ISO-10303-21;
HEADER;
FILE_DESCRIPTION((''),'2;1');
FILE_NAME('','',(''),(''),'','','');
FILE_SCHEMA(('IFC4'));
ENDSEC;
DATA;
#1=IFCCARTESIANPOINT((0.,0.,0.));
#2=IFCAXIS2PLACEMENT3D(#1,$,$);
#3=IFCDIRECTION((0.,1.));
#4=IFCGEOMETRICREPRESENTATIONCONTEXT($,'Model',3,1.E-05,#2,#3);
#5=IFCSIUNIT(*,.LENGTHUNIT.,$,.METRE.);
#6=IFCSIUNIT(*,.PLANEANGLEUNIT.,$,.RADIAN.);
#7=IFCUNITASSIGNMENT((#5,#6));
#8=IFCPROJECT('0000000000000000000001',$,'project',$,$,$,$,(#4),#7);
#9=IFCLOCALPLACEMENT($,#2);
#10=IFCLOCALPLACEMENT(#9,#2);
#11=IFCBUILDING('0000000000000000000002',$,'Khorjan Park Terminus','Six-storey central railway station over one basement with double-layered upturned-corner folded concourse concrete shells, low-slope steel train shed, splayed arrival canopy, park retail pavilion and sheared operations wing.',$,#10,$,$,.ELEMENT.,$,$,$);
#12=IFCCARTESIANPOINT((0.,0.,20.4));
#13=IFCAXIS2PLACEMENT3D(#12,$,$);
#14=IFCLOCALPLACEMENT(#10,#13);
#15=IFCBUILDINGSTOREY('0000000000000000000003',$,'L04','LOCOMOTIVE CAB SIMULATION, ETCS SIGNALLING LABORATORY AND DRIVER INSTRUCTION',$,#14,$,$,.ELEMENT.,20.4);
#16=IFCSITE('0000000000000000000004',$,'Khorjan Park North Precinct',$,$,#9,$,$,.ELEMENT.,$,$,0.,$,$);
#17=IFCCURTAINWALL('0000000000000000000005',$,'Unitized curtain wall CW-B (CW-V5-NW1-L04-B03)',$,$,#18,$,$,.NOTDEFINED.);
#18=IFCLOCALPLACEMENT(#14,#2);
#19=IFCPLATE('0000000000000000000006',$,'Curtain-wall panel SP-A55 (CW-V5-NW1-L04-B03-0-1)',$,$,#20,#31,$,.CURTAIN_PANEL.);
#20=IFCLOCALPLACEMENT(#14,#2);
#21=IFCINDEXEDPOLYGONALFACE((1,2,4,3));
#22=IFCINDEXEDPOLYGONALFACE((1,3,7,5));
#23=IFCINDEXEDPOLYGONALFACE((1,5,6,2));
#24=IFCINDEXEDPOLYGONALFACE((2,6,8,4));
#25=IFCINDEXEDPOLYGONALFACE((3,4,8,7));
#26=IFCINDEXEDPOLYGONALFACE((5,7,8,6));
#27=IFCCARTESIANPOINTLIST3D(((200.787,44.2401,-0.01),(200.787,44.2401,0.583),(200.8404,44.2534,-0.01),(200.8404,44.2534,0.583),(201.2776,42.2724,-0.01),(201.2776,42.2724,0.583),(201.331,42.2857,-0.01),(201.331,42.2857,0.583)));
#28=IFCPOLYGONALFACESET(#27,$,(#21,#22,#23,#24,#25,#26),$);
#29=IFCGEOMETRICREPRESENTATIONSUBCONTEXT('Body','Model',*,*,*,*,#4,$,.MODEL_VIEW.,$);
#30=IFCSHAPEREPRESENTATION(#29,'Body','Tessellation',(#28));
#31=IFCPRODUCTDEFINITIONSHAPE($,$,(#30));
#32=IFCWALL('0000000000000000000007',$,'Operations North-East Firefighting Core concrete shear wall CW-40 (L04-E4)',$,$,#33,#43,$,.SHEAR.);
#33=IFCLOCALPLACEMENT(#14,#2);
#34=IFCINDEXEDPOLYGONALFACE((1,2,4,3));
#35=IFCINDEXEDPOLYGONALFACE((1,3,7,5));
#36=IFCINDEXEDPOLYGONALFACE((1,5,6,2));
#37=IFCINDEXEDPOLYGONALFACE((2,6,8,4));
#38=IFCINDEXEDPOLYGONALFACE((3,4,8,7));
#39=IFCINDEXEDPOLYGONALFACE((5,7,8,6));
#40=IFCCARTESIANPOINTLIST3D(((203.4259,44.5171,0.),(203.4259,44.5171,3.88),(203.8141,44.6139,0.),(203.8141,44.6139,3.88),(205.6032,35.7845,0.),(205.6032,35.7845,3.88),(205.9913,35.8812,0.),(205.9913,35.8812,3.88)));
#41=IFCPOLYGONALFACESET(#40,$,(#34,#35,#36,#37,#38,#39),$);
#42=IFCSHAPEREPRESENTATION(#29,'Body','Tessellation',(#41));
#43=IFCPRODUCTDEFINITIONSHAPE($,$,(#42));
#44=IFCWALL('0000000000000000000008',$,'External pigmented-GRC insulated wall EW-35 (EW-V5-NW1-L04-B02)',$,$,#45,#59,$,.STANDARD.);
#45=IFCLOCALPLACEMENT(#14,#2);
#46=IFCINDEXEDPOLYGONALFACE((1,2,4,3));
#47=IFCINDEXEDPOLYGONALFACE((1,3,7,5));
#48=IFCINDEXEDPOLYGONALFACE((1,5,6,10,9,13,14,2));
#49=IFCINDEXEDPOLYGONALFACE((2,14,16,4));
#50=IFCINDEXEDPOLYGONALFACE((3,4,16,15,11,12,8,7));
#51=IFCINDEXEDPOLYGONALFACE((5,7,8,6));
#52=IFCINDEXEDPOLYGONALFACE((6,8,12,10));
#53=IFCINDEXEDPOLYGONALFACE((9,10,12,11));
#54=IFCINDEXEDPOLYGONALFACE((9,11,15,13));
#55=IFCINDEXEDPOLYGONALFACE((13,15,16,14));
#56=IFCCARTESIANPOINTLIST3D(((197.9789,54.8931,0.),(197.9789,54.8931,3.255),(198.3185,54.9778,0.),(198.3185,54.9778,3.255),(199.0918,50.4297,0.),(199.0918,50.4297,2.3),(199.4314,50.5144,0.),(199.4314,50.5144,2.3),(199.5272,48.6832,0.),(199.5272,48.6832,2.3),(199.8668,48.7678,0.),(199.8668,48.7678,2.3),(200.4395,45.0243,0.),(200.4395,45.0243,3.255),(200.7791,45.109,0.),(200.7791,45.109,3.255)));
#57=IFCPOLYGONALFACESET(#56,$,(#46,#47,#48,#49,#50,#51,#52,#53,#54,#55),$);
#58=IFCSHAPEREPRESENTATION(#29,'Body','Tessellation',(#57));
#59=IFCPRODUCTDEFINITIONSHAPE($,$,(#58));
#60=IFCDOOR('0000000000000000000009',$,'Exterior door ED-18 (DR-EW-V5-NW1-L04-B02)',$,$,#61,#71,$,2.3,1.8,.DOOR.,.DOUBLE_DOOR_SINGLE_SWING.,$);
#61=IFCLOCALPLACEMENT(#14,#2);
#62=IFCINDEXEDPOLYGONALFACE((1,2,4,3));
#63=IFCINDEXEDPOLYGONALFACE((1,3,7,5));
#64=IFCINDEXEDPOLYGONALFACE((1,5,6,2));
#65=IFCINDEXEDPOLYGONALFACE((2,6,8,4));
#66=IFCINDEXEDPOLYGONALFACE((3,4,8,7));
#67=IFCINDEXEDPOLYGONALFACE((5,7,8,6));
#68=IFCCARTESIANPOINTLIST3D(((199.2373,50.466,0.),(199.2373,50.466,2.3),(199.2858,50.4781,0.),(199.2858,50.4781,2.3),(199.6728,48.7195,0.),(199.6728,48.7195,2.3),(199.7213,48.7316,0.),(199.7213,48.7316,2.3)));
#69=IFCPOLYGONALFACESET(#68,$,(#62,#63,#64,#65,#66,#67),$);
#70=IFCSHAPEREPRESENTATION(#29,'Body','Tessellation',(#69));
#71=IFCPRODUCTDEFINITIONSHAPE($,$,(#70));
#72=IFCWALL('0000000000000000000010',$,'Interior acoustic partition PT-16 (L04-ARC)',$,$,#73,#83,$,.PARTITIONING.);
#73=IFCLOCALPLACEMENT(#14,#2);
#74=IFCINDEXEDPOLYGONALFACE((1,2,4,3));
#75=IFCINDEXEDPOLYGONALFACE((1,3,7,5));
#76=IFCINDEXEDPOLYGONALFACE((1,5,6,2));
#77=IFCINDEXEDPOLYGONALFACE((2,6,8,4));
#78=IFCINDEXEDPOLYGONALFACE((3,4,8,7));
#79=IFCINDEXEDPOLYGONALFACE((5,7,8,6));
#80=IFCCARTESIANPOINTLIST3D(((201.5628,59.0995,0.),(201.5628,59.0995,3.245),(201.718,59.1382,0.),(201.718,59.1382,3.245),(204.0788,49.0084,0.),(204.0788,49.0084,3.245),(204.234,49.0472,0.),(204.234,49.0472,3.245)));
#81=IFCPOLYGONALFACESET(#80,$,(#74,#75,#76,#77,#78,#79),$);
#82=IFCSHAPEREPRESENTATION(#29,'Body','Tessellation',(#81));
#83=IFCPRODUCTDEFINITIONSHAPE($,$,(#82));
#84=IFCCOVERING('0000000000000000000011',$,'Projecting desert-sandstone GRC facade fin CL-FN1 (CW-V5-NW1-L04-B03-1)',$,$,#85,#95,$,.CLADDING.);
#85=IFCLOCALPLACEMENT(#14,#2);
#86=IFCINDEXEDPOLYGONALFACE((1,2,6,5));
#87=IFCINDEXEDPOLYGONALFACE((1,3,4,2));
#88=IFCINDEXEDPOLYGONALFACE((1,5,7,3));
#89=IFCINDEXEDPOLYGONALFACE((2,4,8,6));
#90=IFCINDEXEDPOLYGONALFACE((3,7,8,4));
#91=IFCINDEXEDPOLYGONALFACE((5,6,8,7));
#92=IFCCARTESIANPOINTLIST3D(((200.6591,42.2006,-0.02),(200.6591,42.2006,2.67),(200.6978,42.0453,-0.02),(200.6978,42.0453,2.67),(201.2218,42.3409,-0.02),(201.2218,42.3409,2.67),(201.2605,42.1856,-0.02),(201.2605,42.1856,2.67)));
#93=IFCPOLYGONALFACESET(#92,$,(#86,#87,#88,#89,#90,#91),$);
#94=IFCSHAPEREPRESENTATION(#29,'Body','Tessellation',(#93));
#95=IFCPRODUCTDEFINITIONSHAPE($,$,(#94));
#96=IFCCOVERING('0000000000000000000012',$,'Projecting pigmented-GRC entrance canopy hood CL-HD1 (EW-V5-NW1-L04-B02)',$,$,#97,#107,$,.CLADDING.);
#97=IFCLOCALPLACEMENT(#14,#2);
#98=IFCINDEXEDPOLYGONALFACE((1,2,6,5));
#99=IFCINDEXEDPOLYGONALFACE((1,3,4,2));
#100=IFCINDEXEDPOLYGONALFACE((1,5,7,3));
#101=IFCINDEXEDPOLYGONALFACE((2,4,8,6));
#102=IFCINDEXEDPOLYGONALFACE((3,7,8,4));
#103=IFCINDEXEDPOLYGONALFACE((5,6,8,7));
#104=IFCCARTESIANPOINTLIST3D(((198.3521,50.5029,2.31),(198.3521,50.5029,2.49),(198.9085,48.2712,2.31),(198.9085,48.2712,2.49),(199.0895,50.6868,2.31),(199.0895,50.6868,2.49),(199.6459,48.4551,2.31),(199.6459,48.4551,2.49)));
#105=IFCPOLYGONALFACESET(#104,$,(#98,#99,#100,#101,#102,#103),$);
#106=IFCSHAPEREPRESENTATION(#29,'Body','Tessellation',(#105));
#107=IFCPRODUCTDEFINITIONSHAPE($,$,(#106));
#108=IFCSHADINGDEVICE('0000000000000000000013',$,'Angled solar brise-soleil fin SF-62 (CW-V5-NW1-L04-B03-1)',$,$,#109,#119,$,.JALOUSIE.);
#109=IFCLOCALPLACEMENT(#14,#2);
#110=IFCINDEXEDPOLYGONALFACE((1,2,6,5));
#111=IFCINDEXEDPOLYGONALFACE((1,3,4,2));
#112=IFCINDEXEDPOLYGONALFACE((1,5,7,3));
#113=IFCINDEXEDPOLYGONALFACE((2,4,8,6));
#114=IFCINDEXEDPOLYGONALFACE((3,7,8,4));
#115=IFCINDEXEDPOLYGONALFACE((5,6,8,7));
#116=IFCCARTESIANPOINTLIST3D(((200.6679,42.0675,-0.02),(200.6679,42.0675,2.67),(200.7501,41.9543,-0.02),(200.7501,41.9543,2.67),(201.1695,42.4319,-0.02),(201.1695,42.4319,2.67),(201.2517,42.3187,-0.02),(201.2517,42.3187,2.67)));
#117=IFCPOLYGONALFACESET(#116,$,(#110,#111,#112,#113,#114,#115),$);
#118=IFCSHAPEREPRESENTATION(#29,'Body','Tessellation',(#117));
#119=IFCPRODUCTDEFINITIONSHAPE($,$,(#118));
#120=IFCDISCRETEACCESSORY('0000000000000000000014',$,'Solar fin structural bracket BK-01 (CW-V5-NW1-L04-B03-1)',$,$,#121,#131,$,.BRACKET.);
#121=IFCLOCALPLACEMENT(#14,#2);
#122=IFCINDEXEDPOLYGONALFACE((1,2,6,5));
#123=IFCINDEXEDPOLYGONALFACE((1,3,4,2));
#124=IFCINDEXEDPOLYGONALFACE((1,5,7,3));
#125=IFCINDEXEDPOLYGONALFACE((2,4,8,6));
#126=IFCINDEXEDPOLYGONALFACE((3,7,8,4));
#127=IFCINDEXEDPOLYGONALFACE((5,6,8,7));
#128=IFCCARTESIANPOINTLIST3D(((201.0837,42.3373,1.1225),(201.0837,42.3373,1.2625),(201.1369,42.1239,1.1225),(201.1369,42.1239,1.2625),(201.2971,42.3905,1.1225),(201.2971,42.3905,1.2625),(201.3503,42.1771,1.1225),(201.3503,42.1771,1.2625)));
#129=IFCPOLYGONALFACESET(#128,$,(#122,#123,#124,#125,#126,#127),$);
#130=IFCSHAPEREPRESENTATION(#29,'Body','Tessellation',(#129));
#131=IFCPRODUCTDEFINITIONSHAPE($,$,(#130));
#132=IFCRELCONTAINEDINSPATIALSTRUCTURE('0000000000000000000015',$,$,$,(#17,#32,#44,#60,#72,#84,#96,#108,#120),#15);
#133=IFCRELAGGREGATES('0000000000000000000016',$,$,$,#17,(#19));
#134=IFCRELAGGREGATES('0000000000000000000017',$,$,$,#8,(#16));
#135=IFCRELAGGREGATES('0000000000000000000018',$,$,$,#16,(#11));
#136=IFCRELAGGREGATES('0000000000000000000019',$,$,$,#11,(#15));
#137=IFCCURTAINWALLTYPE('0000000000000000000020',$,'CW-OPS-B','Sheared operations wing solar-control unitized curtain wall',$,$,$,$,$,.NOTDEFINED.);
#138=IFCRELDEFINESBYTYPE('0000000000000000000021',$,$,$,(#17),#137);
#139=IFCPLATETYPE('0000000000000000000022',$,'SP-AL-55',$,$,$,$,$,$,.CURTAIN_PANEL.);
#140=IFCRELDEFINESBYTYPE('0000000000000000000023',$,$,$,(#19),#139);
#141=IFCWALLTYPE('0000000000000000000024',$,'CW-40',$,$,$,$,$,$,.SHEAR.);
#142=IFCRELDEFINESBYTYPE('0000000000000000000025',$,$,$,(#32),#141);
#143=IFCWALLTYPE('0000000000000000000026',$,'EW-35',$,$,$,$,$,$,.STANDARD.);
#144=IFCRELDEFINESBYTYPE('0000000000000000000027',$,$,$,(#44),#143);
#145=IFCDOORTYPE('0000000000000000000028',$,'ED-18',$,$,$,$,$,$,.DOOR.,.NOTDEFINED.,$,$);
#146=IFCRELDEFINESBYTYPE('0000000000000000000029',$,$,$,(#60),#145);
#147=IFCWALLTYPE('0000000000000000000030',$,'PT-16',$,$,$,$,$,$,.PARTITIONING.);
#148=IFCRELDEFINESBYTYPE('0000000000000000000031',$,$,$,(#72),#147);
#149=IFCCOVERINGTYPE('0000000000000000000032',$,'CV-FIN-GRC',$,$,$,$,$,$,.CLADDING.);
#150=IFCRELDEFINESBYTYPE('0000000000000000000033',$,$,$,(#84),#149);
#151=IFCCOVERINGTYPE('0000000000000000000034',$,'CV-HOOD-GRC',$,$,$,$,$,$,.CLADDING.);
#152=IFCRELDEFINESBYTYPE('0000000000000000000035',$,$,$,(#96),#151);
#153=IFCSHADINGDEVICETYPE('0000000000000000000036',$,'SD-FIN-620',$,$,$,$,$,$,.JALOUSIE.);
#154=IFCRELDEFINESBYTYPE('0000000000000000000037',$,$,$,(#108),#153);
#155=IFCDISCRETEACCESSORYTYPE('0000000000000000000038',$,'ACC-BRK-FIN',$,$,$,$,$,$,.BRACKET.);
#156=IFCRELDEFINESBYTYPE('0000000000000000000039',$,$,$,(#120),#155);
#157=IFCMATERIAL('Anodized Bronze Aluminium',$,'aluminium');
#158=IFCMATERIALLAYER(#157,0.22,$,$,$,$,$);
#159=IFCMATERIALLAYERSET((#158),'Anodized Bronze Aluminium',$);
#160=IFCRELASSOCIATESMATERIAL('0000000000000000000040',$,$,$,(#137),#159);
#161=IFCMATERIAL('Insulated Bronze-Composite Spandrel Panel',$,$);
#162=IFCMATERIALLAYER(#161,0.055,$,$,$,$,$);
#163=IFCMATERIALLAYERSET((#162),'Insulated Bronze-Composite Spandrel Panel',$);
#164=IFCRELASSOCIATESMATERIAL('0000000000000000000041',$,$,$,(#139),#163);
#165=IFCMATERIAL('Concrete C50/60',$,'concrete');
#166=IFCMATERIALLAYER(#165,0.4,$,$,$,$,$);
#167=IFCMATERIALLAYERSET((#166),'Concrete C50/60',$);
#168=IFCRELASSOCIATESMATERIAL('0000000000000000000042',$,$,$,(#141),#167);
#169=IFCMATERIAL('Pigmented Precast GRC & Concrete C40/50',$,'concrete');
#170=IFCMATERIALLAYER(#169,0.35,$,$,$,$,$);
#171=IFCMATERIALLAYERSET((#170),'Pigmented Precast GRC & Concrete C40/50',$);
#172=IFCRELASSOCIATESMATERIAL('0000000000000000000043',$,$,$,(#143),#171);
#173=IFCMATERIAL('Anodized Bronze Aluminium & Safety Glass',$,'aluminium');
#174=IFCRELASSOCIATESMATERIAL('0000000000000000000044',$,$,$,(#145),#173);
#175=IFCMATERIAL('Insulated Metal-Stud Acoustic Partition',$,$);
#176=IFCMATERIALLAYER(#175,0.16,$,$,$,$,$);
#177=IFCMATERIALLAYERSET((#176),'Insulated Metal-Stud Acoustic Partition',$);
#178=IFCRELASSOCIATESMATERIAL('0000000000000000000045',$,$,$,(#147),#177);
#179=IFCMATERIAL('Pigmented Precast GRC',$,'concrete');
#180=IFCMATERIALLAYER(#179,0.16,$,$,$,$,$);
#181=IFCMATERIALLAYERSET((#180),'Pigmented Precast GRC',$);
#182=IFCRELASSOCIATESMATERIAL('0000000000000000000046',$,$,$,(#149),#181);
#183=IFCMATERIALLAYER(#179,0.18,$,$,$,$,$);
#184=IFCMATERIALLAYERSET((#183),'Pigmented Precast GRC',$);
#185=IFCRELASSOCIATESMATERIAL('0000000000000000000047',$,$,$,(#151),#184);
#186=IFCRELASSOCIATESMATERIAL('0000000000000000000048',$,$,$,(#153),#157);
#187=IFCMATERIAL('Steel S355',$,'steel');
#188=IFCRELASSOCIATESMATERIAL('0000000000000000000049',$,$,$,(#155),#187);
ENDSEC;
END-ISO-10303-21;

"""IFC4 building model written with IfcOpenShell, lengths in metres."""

from ifc_helpers import new_model, si_unit, direction, frame, frame_2d, origin, origin_2d, place, context, subcontext, project, spatial, rectangle, extrude, material, layer, layer_set, type_object, element, fill, aggregate, save


model = new_model("IFC4")

# Units and contexts
model_context = context("Model", 3, precision=1e-05, world=origin(), true_north=direction((0.0, 1.0)))
body_context = subcontext(model_context, "Body", "Model", "MODEL_VIEW")
ifc_project = project(units=[si_unit("LENGTHUNIT", "METRE"), si_unit("PLANEANGLEUNIT", "RADIAN")], contexts=[model_context])

# Site, building, storey
site_placement = place(None, origin())
site = spatial("IfcSite", under=ifc_project, at=site_placement, Name="Khorjan Park North Precinct", CompositionType="ELEMENT", RefElevation=0.0)
building_placement = place(site_placement, origin())
building = spatial("IfcBuilding", under=site, at=building_placement, Name="Khorjan Park Terminus", Description="Six-storey central railway station over one basement with double-layered upturned-corner folded concourse concrete shells, low-slope steel train shed, splayed arrival canopy, park retail pavilion and sheared operations wing.", CompositionType="ELEMENT")
storey_placement = place(building_placement, frame((0.0, 0.0, 20.4)))
storey = spatial("IfcBuildingStorey", under=building, at=storey_placement, Name="L04", Description="LOCOMOTIVE CAB SIMULATION, ETCS SIGNALLING LABORATORY AND DRIVER INSTRUCTION", CompositionType="ELEMENT", Elevation=20.4)

# Shared definitions
ifc_material_1 = material(Name="Concrete C50/60", Category="concrete")

# Shared definitions
ifc_material_2 = material(Name="Steel S355", Category="steel")

# Curtain wall
ifc_material_3 = material(Name="Anodized Bronze Aluminium", Category="aluminium")
ifc_layer_1 = layer(ifc_material_3, 0.22)
ifc_layer_set_1 = layer_set([ifc_layer_1], Name="Anodized Bronze Aluminium")
curtain_wall_type = type_object("IfcCurtainWallType", Name="CW-OPS-B", Description="Sheared operations wing solar-control unitized curtain wall", PredefinedType="NOTDEFINED", material=ifc_layer_set_1)
curtain_wall_1_placement = place(storey_placement, origin())
curtain_wall_1 = element("IfcCurtainWall", 1, at=curtain_wall_1_placement, inside=storey, type_object=curtain_wall_type, Name="Unitized curtain wall CW-B (CW-V5-NW1-L04-B03)", PredefinedType="NOTDEFINED")

# Plate
ifc_material_4 = material(Name="Insulated Bronze-Composite Spandrel Panel")
ifc_layer_2 = layer(ifc_material_4, 0.055)
ifc_layer_set_2 = layer_set([ifc_layer_2], Name="Insulated Bronze-Composite Spandrel Panel")
plate_type_1 = type_object("IfcPlateType", Name="SP-AL-55", PredefinedType="CURTAIN_PANEL", material=ifc_layer_set_2)
plate_1_placement = place(storey_placement, frame((201.059, 43.2629, -0.01), z_axis=(0.0, 0.0, 1.0), x_axis=(0.241921, -0.970296, 0.0)))
plate_1 = element("IfcPlate", 2, at=plate_1_placement, type_object=plate_type_1, Name="Curtain-wall panel SP-A55 (CW-V5-NW1-L04-B03-0-1)", PredefinedType="CURTAIN_PANEL", context=body_context, shape_type="SweptSolid", body=[
    extrude(rectangle(XDim=2.0279, YDim=0.055, at=origin_2d()), origin(), (0.0, 0.0, 1.0), 0.593),
])
aggregate(curtain_wall_1, [plate_1])

# Wall
ifc_layer_3 = layer(ifc_material_1, 0.4)
ifc_layer_set_3 = layer_set([ifc_layer_3], Name="Concrete C50/60")
wall_type_1 = type_object("IfcWallType", Name="CW-40", PredefinedType="SHEAR", material=ifc_layer_set_3)
wall_1_placement = place(storey_placement, frame((203.62, 44.5655, 0.0), z_axis=(0.0, 0.0, 1.0), x_axis=(0.241921, -0.970296, 0.0)))
element("IfcWall", 3, at=wall_1_placement, inside=storey, type_object=wall_type_1, Name="Operations North-East Firefighting Core concrete shear wall CW-40 (L04-E4)", PredefinedType="SHEAR", context=body_context, shape_type="SweptSolid", body=[
    extrude(rectangle(XDim=9.0, YDim=0.4, at=frame_2d((4.5, 0.0))), origin(), (0.0, 0.0, 1.0), 3.88),
])

# Wall, opening, door
ifc_material_5 = material(Name="Pigmented Precast GRC & Concrete C40/50", Category="concrete")
ifc_layer_4 = layer(ifc_material_5, 0.35)
ifc_layer_set_4 = layer_set([ifc_layer_4], Name="Pigmented Precast GRC & Concrete C40/50")
wall_type_2 = type_object("IfcWallType", Name="EW-35", PredefinedType="STANDARD", material=ifc_layer_set_4)
wall_2_placement = place(storey_placement, frame((198.1487, 54.9354, 0.0), z_axis=(0.0, 0.0, 1.0), x_axis=(0.241925, -0.970295, 0.0)))
wall_2 = element("IfcWall", 4, at=wall_2_placement, inside=storey, type_object=wall_type_2, Name="External pigmented-GRC insulated wall EW-35 (EW-V5-NW1-L04-B02)", PredefinedType="STANDARD", context=body_context, shape_type="SweptSolid", body=[
    extrude(rectangle(XDim=10.1709, YDim=0.35, at=frame_2d((5.0854, 0.0))), origin(), (0.0, 0.0, 1.0), 3.255),
])
opening_placement = place(wall_2_placement, frame((4.6, 0.0, 0.0)))
opening = element("IfcOpeningElement", 5, at=opening_placement, cuts=wall_2, PredefinedType="OPENING", context=body_context, shape_type="SweptSolid", body=[
    extrude(rectangle(XDim=1.8, YDim=2.3, at=frame_2d((0.9, 1.15))), frame((0.0, 0.185, 0.0), z_axis=(0.0, -1.0, 0.0), x_axis=(1.0, 0.0, 0.0)), (0.0, 0.0, 1.0), 0.37),
])
ifc_material_6 = material(Name="Anodized Bronze Aluminium & Safety Glass", Category="aluminium")
door_type = type_object("IfcDoorType", Name="ED-18", OperationType="NOTDEFINED", PredefinedType="DOOR", material=ifc_material_6)
door_placement = place(opening_placement, origin())
door = element("IfcDoor", 6, at=door_placement, inside=storey, type_object=door_type, Name="Exterior door ED-18 (DR-EW-V5-NW1-L04-B02)", OperationType="DOUBLE_DOOR_SINGLE_SWING", OverallHeight=2.3, OverallWidth=1.8, PredefinedType="DOOR", context=body_context, shape_type="SweptSolid", body=[
    extrude(rectangle(XDim=1.8, YDim=2.3, at=frame_2d((0.9, 1.15))), frame((0.0, 0.025, 0.0), z_axis=(0.0, -1.0, 0.0), x_axis=(1.0, 0.0, 0.0)), (0.0, 0.0, 1.0), 0.05),
])
fill(opening, door)

# Wall
ifc_material_7 = material(Name="Insulated Metal-Stud Acoustic Partition")
ifc_layer_5 = layer(ifc_material_7, 0.16)
ifc_layer_set_5 = layer_set([ifc_layer_5], Name="Insulated Metal-Stud Acoustic Partition")
wall_type_3 = type_object("IfcWallType", Name="PT-16", PredefinedType="PARTITIONING", material=ifc_layer_set_5)
wall_3_placement = place(storey_placement, frame((204.1564, 49.0278, 0.0), z_axis=(0.0, 0.0, 1.0), x_axis=(-0.241922, 0.970296, 0.0)))
element("IfcWall", 7, at=wall_3_placement, inside=storey, type_object=wall_type_3, Name="Interior acoustic partition PT-16 (L04-ARC)", PredefinedType="PARTITIONING", context=body_context, shape_type="SweptSolid", body=[
    extrude(rectangle(XDim=10.4, YDim=0.16, at=frame_2d((5.2, 0.0))), origin(), (0.0, 0.0, 1.0), 3.245),
])

# Coverings
ifc_material_8 = material(Name="Pigmented Precast GRC", Category="concrete")
ifc_layer_6 = layer(ifc_material_8, 0.16)
ifc_layer_set_6 = layer_set([ifc_layer_6], Name="Pigmented Precast GRC")
covering_type_1 = type_object("IfcCoveringType", Name="CV-FIN-GRC", PredefinedType="CLADDING", material=ifc_layer_set_6)
covering_1_placement = place(storey_placement, frame((200.9598, 42.1931, -0.02), z_axis=(0.0, 0.0, 1.0), x_axis=(0.970296, 0.241922, 0.0)))
element("IfcCovering", 8, at=covering_1_placement, inside=storey, type_object=covering_type_1, Name="Projecting desert-sandstone GRC facade fin CL-FN1 (CW-V5-NW1-L04-B03-1)", PredefinedType="CLADDING", context=body_context, shape_type="SweptSolid", body=[
    extrude(rectangle(XDim=0.58, YDim=0.16, at=origin_2d()), origin(), (0.0, 0.0, 1.0), 2.69),
])
ifc_layer_7 = layer(ifc_material_8, 0.18)
ifc_layer_set_7 = layer_set([ifc_layer_7], Name="Pigmented Precast GRC")
covering_type_2 = type_object("IfcCoveringType", Name="CV-HOOD-GRC", PredefinedType="CLADDING", material=ifc_layer_set_7)
covering_2_placement = place(storey_placement, frame((198.999, 49.479, 2.31), z_axis=(0.0, 0.0, 1.0), x_axis=(0.241925, -0.970295, 0.0)))
element("IfcCovering", 9, at=covering_2_placement, inside=storey, type_object=covering_type_2, Name="Projecting pigmented-GRC entrance canopy hood CL-HD1 (EW-V5-NW1-L04-B02)", PredefinedType="CLADDING", context=body_context, shape_type="SweptSolid", body=[
    extrude(rectangle(XDim=2.3, YDim=0.76, at=origin_2d()), origin(), (0.0, 0.0, 1.0), 0.18),
])

# Shading device
shading_device_type = type_object("IfcShadingDeviceType", Name="SD-FIN-620", PredefinedType="JALOUSIE", material=ifc_material_3)
shading_device_placement = place(storey_placement, frame((200.9598, 42.1931, -0.02), z_axis=(0.0, 0.0, 1.0), x_axis=(0.809017, 0.587785, 0.0)))
element("IfcShadingDevice", 10, at=shading_device_placement, inside=storey, type_object=shading_device_type, Name="Angled solar brise-soleil fin SF-62 (CW-V5-NW1-L04-B03-1)", PredefinedType="JALOUSIE", context=body_context, shape_type="SweptSolid", body=[
    extrude(rectangle(XDim=0.62, YDim=0.14, at=origin_2d()), origin(), (0.0, 0.0, 1.0), 2.69),
])

# Discrete accessory
discrete_accessory_type = type_object("IfcDiscreteAccessoryType", Name="ACC-BRK-FIN", PredefinedType="BRACKET", material=ifc_material_2)
discrete_accessory_placement = place(storey_placement, frame((201.217, 42.2572, 1.1225), z_axis=(0.0, 0.0, 1.0), x_axis=(0.241921, -0.970296, 0.0)))
element("IfcDiscreteAccessory", 11, at=discrete_accessory_placement, inside=storey, type_object=discrete_accessory_type, Name="Solar fin structural bracket BK-01 (CW-V5-NW1-L04-B03-1)", PredefinedType="BRACKET", context=body_context, shape_type="SweptSolid", body=[
    extrude(rectangle(XDim=0.22, YDim=0.22, at=origin_2d()), origin(), (0.0, 0.0, 1.0), 0.14),
])

save(model, "model.ifc")
